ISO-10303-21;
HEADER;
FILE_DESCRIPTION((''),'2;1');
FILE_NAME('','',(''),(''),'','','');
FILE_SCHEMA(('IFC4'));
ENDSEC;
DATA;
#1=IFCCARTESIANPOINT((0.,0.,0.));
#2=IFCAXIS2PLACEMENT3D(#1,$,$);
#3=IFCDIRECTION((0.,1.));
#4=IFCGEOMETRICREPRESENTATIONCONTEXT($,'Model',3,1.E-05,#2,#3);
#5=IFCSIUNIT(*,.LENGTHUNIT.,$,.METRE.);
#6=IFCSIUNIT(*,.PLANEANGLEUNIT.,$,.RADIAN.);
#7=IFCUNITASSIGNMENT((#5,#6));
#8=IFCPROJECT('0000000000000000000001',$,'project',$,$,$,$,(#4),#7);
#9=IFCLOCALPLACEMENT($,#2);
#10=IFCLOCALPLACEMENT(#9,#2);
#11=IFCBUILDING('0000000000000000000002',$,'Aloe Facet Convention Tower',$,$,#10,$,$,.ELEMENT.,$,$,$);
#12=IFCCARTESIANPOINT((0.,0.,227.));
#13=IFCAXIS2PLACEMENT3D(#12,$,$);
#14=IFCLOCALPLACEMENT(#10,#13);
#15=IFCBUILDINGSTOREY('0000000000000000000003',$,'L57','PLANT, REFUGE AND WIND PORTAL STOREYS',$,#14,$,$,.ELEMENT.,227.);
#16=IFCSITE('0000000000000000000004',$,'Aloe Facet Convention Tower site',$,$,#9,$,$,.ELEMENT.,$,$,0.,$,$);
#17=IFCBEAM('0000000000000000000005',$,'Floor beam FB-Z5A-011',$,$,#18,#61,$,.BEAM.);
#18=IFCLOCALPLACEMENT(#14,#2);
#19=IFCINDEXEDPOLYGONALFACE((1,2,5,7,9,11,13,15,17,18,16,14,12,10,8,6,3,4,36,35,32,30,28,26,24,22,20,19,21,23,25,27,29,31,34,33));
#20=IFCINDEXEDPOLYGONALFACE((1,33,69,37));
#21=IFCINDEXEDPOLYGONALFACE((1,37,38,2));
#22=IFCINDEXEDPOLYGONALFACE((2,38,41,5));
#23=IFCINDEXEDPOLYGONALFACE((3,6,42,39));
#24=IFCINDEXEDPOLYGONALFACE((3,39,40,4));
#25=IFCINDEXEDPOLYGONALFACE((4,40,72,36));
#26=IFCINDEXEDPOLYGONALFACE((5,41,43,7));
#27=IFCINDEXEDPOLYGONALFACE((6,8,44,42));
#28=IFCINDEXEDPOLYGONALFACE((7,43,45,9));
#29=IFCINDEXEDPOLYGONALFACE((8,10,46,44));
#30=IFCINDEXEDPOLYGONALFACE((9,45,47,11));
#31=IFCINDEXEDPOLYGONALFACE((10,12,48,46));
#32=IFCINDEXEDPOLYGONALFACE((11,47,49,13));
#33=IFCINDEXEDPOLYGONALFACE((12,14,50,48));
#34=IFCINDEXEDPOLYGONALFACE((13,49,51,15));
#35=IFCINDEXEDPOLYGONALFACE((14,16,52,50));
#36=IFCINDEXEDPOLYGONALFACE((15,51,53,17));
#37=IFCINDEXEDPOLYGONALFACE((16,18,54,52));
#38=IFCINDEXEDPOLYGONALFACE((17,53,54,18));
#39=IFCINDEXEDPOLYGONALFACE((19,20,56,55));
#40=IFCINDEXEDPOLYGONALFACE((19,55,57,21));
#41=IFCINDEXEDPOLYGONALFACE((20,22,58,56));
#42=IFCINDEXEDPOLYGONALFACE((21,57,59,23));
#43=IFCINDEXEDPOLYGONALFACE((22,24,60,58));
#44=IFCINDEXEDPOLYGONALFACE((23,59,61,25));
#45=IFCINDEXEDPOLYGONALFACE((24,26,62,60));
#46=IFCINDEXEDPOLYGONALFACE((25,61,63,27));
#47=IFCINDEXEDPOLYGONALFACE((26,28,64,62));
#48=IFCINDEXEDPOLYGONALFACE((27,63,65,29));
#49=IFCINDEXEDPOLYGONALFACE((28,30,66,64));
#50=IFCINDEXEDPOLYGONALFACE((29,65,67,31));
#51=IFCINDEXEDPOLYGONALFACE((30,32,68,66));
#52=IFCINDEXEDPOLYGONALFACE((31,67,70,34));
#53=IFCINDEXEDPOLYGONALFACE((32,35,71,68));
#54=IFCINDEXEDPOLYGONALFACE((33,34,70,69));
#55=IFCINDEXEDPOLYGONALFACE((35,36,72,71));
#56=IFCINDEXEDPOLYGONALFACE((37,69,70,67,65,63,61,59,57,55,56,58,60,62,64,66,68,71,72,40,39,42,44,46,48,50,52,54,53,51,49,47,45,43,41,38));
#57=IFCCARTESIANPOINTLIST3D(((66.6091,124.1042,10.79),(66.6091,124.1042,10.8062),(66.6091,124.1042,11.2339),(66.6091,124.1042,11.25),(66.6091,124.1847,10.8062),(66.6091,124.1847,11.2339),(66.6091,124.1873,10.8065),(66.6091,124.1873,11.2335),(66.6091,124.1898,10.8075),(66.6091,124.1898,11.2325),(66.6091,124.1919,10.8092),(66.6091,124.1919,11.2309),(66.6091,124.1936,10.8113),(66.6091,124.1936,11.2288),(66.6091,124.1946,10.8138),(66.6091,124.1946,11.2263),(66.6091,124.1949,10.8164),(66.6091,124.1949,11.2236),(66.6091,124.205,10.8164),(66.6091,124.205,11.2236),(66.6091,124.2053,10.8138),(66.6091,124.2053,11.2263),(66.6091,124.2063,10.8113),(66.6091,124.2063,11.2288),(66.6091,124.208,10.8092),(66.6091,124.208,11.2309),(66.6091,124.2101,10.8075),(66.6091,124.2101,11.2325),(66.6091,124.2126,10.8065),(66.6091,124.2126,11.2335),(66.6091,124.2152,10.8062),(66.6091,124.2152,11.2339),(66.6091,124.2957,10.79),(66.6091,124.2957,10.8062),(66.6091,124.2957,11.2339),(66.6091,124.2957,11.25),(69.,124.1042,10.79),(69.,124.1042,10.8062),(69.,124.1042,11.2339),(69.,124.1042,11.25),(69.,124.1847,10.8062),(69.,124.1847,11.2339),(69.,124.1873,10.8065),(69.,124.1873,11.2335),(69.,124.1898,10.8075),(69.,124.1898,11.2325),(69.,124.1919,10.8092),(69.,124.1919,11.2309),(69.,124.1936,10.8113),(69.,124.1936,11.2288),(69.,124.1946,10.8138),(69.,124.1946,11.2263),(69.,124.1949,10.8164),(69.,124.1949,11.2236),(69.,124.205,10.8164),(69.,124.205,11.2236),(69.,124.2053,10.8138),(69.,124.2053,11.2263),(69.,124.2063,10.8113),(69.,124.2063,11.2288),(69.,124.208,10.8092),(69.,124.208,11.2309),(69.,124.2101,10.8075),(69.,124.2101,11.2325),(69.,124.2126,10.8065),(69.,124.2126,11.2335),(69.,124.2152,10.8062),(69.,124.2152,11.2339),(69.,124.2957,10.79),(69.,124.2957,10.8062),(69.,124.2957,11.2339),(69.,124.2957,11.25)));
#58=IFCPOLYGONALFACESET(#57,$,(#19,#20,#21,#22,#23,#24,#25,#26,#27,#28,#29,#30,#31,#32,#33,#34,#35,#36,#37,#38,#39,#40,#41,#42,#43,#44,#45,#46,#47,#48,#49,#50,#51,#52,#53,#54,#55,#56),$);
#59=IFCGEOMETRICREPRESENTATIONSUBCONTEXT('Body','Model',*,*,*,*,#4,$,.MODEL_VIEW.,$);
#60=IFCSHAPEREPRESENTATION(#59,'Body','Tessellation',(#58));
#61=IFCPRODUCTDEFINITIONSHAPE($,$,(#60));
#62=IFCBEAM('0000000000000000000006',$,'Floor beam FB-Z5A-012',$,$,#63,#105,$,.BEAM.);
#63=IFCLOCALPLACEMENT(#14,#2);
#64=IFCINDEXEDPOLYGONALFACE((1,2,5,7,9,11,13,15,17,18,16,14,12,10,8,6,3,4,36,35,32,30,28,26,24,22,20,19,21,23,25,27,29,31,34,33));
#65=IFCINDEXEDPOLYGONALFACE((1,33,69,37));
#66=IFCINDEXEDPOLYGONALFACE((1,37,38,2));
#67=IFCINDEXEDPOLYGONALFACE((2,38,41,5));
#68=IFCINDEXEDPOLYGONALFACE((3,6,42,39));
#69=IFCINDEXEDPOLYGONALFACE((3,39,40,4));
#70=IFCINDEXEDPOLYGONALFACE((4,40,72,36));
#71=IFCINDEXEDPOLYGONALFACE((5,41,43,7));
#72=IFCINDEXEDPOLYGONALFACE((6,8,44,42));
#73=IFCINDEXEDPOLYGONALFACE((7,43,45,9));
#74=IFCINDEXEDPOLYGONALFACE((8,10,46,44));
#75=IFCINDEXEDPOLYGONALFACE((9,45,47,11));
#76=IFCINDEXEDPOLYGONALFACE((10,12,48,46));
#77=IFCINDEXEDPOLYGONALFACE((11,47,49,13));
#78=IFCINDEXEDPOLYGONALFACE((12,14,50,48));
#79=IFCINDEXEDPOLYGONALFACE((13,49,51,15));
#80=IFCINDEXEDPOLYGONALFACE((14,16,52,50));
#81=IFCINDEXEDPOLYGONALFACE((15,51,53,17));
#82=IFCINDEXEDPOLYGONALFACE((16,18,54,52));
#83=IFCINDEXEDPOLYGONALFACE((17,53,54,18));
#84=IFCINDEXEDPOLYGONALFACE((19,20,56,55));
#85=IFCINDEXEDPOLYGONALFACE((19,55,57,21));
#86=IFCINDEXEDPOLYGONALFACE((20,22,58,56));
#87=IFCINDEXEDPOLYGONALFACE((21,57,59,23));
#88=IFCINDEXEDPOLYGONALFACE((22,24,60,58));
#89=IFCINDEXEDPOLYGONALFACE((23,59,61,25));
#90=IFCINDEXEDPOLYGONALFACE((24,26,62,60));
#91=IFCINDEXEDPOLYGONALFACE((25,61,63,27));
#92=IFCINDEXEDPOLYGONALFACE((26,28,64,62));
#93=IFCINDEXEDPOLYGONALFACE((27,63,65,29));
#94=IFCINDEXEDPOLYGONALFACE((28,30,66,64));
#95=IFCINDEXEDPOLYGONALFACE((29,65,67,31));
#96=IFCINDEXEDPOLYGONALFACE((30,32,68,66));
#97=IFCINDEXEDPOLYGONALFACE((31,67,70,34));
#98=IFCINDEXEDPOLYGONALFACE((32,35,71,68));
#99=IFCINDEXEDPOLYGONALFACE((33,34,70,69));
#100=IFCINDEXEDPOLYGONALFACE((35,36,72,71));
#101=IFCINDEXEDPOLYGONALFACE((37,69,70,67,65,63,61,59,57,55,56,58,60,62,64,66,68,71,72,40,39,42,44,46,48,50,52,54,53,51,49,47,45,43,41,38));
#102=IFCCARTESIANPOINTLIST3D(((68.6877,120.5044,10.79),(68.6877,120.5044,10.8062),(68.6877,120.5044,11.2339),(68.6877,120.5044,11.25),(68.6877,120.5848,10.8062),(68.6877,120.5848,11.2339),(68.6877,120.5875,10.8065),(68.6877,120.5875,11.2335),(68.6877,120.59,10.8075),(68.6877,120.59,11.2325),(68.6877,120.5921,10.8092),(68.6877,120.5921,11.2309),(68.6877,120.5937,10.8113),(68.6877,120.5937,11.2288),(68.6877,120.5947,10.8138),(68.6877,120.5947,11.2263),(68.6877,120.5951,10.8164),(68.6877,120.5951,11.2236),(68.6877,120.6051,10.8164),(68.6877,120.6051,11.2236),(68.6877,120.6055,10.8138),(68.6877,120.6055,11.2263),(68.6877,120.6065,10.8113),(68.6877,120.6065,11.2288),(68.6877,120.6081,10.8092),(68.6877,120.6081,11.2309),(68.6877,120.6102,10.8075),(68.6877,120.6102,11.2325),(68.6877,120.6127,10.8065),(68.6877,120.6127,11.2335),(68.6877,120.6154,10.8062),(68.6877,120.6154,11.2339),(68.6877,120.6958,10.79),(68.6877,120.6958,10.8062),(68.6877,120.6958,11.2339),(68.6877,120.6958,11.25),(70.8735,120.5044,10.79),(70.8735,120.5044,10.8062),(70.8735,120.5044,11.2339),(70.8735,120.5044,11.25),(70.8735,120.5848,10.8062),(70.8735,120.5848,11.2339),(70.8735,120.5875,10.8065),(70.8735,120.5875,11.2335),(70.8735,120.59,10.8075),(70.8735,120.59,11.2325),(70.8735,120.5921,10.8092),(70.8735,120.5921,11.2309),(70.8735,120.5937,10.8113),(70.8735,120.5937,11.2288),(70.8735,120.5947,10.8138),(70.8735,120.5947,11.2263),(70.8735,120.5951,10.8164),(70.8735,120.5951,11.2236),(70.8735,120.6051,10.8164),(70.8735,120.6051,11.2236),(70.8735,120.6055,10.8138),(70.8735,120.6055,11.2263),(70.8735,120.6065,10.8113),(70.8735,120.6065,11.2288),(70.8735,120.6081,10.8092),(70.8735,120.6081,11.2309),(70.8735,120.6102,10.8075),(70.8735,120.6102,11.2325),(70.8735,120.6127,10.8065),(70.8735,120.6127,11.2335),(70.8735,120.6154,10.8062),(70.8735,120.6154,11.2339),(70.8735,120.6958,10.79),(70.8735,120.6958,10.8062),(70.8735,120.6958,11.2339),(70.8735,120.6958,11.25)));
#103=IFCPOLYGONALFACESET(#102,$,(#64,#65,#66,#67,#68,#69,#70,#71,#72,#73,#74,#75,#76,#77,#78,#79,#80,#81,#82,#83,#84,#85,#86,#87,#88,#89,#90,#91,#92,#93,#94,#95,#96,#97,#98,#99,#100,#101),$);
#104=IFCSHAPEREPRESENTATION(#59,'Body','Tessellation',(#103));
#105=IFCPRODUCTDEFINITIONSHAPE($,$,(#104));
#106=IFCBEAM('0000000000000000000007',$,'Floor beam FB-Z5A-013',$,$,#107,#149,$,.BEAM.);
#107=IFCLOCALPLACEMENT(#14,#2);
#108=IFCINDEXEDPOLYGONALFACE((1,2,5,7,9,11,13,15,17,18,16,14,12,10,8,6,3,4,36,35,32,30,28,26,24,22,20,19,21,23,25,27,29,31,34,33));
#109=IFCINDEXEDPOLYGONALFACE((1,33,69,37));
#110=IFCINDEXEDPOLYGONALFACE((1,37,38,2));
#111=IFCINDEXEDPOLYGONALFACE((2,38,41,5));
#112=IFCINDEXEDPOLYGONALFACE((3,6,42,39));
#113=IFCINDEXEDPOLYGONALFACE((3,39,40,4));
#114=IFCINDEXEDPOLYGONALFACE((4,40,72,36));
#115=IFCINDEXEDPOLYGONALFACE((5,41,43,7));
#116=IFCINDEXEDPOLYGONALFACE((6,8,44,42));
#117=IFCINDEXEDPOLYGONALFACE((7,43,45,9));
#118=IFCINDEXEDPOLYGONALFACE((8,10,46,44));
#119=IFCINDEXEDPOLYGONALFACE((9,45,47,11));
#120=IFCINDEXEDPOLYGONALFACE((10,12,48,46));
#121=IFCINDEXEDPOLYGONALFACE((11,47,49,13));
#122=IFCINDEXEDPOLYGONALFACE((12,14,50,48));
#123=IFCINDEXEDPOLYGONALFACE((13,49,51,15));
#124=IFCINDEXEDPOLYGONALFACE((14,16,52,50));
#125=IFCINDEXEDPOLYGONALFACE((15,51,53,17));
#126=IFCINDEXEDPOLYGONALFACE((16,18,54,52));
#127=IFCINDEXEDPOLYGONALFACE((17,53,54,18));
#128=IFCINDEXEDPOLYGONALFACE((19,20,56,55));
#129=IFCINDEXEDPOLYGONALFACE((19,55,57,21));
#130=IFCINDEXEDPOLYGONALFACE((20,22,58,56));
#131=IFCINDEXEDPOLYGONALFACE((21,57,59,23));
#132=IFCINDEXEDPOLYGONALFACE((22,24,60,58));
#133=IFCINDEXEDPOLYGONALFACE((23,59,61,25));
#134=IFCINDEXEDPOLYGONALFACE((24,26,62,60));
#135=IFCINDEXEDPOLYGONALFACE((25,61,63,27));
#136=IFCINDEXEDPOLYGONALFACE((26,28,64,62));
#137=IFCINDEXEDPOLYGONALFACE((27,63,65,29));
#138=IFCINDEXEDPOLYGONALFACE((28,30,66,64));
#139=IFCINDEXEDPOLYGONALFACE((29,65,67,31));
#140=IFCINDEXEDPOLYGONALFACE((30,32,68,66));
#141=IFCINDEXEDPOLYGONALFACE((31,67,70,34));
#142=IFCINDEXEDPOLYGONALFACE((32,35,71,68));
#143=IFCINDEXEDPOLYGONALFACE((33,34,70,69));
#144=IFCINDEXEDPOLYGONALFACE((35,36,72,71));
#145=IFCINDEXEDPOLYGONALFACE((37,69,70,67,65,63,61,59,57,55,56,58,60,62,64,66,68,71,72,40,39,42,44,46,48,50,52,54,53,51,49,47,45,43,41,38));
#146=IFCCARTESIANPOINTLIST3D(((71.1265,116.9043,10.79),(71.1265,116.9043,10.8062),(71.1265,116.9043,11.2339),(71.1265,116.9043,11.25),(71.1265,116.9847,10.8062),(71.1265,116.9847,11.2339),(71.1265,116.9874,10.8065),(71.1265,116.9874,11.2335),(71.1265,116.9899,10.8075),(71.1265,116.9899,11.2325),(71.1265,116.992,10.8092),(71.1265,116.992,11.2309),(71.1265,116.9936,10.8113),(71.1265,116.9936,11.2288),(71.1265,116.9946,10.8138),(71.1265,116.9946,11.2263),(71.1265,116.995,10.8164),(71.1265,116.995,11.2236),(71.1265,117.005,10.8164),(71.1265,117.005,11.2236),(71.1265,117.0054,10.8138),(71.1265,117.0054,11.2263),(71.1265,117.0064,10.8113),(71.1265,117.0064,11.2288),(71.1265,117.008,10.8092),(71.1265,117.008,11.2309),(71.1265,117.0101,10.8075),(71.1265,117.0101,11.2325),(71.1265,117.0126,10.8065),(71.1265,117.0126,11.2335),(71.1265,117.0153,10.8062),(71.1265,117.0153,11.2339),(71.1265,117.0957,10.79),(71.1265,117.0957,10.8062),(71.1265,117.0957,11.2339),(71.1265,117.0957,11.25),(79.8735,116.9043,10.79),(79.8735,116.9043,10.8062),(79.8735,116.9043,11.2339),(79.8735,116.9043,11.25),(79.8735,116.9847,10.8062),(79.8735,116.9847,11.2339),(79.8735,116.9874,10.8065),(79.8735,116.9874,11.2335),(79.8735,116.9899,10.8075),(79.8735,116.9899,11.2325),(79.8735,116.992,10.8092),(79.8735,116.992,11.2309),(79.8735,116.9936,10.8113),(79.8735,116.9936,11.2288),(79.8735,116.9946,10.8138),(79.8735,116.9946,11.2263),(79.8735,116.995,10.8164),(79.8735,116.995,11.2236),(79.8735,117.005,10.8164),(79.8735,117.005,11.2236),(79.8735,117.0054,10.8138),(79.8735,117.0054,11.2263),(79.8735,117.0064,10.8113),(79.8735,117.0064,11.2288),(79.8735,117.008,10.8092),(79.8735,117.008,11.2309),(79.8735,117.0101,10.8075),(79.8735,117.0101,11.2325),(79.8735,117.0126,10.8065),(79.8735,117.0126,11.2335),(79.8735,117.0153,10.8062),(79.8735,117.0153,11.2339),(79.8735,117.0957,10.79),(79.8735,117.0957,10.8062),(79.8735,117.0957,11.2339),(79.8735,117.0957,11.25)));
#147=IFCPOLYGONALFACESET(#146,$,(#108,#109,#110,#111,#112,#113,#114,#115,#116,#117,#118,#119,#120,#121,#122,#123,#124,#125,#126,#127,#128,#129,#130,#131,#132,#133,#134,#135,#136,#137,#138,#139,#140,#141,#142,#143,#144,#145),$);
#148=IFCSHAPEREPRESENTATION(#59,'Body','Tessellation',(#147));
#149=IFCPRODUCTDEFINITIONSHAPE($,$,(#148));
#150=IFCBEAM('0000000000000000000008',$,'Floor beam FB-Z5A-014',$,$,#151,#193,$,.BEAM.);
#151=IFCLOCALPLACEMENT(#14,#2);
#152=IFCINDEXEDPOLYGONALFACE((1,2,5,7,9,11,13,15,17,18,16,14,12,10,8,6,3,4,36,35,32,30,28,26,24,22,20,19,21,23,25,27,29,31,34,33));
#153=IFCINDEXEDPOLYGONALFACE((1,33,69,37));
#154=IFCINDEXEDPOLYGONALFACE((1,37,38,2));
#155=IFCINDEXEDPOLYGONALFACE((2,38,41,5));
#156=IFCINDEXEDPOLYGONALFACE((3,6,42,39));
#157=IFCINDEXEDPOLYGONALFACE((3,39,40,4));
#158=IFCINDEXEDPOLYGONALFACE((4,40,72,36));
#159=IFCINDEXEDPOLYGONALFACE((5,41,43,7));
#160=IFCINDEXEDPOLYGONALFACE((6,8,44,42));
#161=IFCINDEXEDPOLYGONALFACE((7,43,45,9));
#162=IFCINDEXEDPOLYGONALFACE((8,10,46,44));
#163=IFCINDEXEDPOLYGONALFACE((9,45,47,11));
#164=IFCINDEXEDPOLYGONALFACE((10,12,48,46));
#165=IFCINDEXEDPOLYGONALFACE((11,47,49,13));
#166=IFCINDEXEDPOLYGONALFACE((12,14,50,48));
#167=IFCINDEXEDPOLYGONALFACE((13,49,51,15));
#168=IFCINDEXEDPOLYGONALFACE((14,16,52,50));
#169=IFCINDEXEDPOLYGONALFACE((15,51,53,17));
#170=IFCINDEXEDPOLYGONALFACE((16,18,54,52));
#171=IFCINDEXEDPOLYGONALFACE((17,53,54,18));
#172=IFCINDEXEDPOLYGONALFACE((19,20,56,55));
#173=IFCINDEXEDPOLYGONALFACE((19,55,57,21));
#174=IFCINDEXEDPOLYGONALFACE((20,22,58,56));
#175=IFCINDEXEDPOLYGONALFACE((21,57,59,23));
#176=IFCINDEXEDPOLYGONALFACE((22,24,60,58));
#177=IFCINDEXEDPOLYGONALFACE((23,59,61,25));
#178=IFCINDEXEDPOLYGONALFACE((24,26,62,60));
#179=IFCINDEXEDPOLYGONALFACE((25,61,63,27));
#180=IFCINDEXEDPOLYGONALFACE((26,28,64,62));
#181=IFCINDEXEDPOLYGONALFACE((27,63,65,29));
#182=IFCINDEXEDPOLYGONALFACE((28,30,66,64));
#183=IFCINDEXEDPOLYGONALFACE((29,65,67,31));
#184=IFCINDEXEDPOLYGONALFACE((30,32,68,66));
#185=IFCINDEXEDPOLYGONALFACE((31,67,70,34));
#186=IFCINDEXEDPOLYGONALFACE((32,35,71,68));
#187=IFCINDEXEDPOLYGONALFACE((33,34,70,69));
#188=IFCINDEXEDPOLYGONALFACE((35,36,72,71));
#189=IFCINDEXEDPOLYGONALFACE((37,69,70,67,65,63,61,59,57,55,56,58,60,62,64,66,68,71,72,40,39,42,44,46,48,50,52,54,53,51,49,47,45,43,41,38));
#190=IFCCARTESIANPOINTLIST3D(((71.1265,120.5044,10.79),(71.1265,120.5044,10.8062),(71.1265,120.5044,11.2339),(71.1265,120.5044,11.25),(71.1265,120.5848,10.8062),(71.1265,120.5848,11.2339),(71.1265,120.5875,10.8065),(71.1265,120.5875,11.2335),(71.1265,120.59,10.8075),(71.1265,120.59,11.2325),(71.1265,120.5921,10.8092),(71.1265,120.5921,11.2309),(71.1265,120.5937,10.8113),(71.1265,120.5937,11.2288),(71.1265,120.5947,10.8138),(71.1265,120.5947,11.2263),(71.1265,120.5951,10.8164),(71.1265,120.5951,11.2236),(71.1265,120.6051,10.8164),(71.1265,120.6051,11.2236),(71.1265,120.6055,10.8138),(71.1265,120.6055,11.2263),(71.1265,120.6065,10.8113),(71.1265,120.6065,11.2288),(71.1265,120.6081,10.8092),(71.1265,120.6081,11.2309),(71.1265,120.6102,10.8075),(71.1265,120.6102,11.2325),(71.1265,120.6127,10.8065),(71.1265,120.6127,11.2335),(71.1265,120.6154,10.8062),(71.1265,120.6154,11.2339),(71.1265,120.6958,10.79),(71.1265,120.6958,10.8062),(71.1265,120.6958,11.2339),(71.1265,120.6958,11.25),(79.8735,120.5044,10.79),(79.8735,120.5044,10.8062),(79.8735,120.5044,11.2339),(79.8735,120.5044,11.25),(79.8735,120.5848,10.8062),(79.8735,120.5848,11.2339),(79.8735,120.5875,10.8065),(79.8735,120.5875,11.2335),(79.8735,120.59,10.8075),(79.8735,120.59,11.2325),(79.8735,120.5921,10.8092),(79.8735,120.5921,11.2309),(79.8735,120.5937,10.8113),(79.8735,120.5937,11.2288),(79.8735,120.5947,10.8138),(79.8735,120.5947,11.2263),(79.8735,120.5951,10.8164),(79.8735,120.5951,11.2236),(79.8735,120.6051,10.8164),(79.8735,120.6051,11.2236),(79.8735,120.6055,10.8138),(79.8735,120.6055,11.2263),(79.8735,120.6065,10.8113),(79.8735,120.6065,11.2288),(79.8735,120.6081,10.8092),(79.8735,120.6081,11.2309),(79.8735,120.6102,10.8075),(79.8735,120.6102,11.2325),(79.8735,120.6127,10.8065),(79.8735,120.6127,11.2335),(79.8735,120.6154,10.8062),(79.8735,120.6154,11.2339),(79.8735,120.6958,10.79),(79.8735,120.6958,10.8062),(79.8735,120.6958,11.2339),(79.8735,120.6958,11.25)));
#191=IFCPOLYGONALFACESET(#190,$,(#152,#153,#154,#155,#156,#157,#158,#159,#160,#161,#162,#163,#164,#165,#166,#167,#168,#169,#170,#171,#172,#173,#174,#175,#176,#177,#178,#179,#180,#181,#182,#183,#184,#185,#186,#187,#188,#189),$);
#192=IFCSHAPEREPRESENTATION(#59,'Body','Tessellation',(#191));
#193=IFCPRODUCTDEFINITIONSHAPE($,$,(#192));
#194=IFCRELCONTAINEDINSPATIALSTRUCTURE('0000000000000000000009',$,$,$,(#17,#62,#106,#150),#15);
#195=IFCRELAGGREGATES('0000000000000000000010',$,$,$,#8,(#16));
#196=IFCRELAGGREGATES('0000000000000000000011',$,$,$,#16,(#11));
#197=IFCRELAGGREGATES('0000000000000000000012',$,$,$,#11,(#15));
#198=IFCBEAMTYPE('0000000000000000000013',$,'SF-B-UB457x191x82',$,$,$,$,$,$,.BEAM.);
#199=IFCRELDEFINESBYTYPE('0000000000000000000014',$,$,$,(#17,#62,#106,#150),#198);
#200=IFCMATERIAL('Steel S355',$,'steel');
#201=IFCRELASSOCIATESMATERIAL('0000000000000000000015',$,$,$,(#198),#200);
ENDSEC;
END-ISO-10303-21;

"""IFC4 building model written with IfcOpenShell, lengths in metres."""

from ifc_helpers import new_model, si_unit, direction, frame, origin, origin_2d, place, context, subcontext, project, spatial, i_section, extrude, material, material_profile, profile_set, type_object, element, save


model = new_model("IFC4")

# Units and contexts
model_context = context("Model", 3, precision=1e-05, world=origin(), true_north=direction((0.0, 1.0)))
body_context = subcontext(model_context, "Body", "Model", "MODEL_VIEW")
ifc_project = project(units=[si_unit("LENGTHUNIT", "METRE"), si_unit("PLANEANGLEUNIT", "RADIAN")], contexts=[model_context])

# Site, building, storey
site_placement = place(None, origin())
site = spatial("IfcSite", under=ifc_project, at=site_placement, Name="Aloe Facet Convention Tower site", CompositionType="ELEMENT", RefElevation=0.0)
building_placement = place(site_placement, origin())
building = spatial("IfcBuilding", under=site, at=building_placement, Name="Aloe Facet Convention Tower", CompositionType="ELEMENT")
storey_placement = place(building_placement, frame((0.0, 0.0, 227.0)))
storey = spatial("IfcBuildingStorey", under=building, at=storey_placement, Name="L57", Description="PLANT, REFUGE AND WIND PORTAL STOREYS", CompositionType="ELEMENT", Elevation=227.0)

# Beams
ifc_material_1 = material(Name="Steel S355", Category="steel")
ifc_material_profile_1 = material_profile(ifc_material_1, i_section(OverallWidth=0.1914, OverallDepth=0.46, WebThickness=0.01, FlangeThickness=0.0161, FilletRadius=0.0103, at=origin_2d()), Name="UB 457x191x82")
ifc_profile_set_1 = profile_set([ifc_material_profile_1], Name="Steel S355")
beam_type_1 = type_object("IfcBeamType", Name="SF-B-UB457x191x82", PredefinedType="BEAM", material=ifc_profile_set_1)
beam_1_placement = place(storey_placement, frame((66.6091, 124.2, 11.02), z_axis=(1.0, 0.0, 0.0), x_axis=(0.0, 1.0, 0.0)))
element("IfcBeam", 1, at=beam_1_placement, inside=storey, type_object=beam_type_1, Name="Floor beam FB-Z5A-011", PredefinedType="BEAM", context=body_context, shape_type="SweptSolid", body=[
    extrude(i_section(OverallWidth=0.1914, OverallDepth=0.46, WebThickness=0.01, FlangeThickness=0.0161, FilletRadius=0.0103, at=origin_2d()), origin(), (0.0, 0.0, 1.0), 2.3909),
])
beam_2_placement = place(storey_placement, frame((68.6877, 120.6001, 11.02), z_axis=(1.0, 0.0, 0.0), x_axis=(0.0, 1.0, 0.0)))
element("IfcBeam", 2, at=beam_2_placement, inside=storey, type_object=beam_type_1, Name="Floor beam FB-Z5A-012", PredefinedType="BEAM", context=body_context, shape_type="SweptSolid", body=[
    extrude(i_section(OverallWidth=0.1914, OverallDepth=0.46, WebThickness=0.01, FlangeThickness=0.0161, FilletRadius=0.0103, at=origin_2d()), origin(), (0.0, 0.0, 1.0), 2.1858),
])
for number, where, z_axis, x_axis, name in (
    (3, (71.1265, 117.0, 11.02), (1.0, 0.0, 0.0), (0.0, 1.0, 0.0), "Floor beam FB-Z5A-013"),
    (4, (71.1265, 120.6001, 11.02), (1.0, 0.0, 0.0), (0.0, 1.0, 0.0), "Floor beam FB-Z5A-014"),
):
    element("IfcBeam", number, at=place(storey_placement, frame(where, z_axis=z_axis, x_axis=x_axis)), inside=storey, type_object=beam_type_1, Name=name, PredefinedType="BEAM", context=body_context, shape_type="SweptSolid", body=[
        extrude(i_section(OverallWidth=0.1914, OverallDepth=0.46, WebThickness=0.01, FlangeThickness=0.0161, FilletRadius=0.0103, at=origin_2d()), origin(), (0.0, 0.0, 1.0), 8.7471),
    ])

save(model, "model.ifc")
